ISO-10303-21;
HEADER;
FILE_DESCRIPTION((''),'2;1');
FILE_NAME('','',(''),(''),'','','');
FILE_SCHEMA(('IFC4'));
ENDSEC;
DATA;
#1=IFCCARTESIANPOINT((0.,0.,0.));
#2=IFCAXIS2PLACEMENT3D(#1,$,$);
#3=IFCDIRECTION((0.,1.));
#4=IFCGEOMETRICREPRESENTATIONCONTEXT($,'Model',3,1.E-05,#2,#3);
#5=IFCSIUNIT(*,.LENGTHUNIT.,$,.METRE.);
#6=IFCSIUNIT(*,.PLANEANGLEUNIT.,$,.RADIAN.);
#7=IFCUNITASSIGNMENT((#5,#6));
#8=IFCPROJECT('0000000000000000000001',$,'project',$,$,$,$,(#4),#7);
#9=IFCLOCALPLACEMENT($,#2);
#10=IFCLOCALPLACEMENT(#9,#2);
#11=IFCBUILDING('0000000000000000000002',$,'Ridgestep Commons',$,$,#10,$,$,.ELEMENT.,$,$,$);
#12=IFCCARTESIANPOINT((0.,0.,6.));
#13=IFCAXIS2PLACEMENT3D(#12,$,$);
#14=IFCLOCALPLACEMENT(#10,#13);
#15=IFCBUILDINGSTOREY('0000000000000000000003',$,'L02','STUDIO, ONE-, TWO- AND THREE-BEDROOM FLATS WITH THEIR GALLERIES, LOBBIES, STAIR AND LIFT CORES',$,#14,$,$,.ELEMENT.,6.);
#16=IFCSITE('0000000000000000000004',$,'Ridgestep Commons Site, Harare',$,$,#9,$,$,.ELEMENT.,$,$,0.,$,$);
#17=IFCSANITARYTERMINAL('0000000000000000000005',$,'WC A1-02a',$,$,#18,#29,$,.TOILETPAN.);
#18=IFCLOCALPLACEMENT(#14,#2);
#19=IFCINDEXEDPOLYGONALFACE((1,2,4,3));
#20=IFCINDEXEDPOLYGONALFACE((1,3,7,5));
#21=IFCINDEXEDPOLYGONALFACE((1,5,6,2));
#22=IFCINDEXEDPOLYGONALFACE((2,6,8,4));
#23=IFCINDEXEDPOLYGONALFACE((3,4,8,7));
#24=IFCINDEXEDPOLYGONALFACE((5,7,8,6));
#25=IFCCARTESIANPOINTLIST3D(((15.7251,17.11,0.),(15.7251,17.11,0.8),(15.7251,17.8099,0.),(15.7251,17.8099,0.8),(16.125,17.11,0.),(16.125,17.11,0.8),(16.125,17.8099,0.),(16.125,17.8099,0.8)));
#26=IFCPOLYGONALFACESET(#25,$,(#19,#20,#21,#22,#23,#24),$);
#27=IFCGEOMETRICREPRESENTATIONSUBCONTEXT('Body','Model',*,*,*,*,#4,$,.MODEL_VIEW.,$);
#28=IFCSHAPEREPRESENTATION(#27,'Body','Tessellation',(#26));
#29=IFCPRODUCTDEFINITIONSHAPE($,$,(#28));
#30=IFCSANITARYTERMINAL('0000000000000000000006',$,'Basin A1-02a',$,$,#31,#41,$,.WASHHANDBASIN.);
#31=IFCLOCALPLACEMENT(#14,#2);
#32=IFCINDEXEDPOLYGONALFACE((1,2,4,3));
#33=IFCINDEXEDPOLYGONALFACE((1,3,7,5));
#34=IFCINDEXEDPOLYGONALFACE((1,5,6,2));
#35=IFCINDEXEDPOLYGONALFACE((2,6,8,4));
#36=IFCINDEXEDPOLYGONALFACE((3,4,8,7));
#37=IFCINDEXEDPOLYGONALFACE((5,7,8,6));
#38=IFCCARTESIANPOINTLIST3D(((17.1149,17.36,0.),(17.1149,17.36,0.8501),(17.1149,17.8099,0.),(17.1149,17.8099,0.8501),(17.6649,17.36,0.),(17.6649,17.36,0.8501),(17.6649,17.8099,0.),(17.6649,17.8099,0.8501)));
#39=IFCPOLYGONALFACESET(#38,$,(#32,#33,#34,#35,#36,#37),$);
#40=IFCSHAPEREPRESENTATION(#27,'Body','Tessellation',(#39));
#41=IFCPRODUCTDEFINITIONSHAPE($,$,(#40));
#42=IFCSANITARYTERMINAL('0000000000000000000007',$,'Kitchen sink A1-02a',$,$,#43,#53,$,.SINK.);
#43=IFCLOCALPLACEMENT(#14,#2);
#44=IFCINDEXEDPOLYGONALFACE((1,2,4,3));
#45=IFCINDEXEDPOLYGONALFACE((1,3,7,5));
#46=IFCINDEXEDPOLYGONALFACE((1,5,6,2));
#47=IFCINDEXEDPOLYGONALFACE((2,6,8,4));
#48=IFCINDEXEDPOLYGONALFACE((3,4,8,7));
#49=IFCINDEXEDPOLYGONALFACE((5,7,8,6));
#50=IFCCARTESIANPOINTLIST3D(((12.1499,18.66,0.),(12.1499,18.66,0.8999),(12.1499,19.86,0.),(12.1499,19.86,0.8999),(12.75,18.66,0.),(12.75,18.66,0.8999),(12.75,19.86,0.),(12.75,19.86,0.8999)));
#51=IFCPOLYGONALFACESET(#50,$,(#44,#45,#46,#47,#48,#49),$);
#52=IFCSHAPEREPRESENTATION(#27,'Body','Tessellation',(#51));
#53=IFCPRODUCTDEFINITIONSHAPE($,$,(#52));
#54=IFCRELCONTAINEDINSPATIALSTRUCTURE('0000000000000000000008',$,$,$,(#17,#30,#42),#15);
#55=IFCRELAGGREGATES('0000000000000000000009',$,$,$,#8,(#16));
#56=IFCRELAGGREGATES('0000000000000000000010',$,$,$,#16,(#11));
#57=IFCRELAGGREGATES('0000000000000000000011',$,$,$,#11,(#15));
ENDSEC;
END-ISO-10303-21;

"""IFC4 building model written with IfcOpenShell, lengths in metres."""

from ifc_helpers import new_model, si_unit, direction, frame, origin, origin_2d, place, context, subcontext, project, spatial, rectangle, extrude, element, save


model = new_model("IFC4")

# Units and contexts
model_context = context("Model", 3, precision=1e-05, world=origin(), true_north=direction((0.0, 1.0)))
body_context = subcontext(model_context, "Body", "Model", "MODEL_VIEW")
ifc_project = project(units=[si_unit("LENGTHUNIT", "METRE"), si_unit("PLANEANGLEUNIT", "RADIAN")], contexts=[model_context])

# Site, building, storey
site_placement = place(None, origin())
site = spatial("IfcSite", under=ifc_project, at=site_placement, Name="Ridgestep Commons Site, Harare", CompositionType="ELEMENT", RefElevation=0.0)
building_placement = place(site_placement, origin())
building = spatial("IfcBuilding", under=site, at=building_placement, Name="Ridgestep Commons", CompositionType="ELEMENT")
storey_placement = place(building_placement, frame((0.0, 0.0, 6.0)))
storey = spatial("IfcBuildingStorey", under=building, at=storey_placement, Name="L02", Description="STUDIO, ONE-, TWO- AND THREE-BEDROOM FLATS WITH THEIR GALLERIES, LOBBIES, STAIR AND LIFT CORES", CompositionType="ELEMENT", Elevation=6.0)

# Sanitary terminals
sanitary_terminal_1_placement = place(storey_placement, frame((15.925, 17.46, 0.0), z_axis=(0.0, 0.0, 1.0), x_axis=(1.0, 0.0, 0.0)))
element("IfcSanitaryTerminal", 1, at=sanitary_terminal_1_placement, inside=storey, Name="WC A1-02a", PredefinedType="TOILETPAN", context=body_context, shape_type="SweptSolid", body=[
    extrude(rectangle(XDim=0.3999, YDim=0.7, at=origin_2d()), origin(), (0.0, 0.0, 1.0), 0.8),
])
sanitary_terminal_2_placement = place(storey_placement, frame((17.3899, 17.585, 0.0), z_axis=(0.0, 0.0, 1.0), x_axis=(1.0, 0.0, 0.0)))
element("IfcSanitaryTerminal", 2, at=sanitary_terminal_2_placement, inside=storey, Name="Basin A1-02a", PredefinedType="WASHHANDBASIN", context=body_context, shape_type="SweptSolid", body=[
    extrude(rectangle(XDim=0.55, YDim=0.45, at=origin_2d()), origin(), (0.0, 0.0, 1.0), 0.8501),
])
sanitary_terminal_3_placement = place(storey_placement, frame((12.45, 19.26, 0.0), z_axis=(0.0, 0.0, 1.0), x_axis=(1.0, 0.0, 0.0)))
element("IfcSanitaryTerminal", 3, at=sanitary_terminal_3_placement, inside=storey, Name="Kitchen sink A1-02a", PredefinedType="SINK", context=body_context, shape_type="SweptSolid", body=[
    extrude(rectangle(XDim=0.6001, YDim=1.2, at=origin_2d()), origin(), (0.0, 0.0, 1.0), 0.8999),
])

save(model, "model.ifc")
